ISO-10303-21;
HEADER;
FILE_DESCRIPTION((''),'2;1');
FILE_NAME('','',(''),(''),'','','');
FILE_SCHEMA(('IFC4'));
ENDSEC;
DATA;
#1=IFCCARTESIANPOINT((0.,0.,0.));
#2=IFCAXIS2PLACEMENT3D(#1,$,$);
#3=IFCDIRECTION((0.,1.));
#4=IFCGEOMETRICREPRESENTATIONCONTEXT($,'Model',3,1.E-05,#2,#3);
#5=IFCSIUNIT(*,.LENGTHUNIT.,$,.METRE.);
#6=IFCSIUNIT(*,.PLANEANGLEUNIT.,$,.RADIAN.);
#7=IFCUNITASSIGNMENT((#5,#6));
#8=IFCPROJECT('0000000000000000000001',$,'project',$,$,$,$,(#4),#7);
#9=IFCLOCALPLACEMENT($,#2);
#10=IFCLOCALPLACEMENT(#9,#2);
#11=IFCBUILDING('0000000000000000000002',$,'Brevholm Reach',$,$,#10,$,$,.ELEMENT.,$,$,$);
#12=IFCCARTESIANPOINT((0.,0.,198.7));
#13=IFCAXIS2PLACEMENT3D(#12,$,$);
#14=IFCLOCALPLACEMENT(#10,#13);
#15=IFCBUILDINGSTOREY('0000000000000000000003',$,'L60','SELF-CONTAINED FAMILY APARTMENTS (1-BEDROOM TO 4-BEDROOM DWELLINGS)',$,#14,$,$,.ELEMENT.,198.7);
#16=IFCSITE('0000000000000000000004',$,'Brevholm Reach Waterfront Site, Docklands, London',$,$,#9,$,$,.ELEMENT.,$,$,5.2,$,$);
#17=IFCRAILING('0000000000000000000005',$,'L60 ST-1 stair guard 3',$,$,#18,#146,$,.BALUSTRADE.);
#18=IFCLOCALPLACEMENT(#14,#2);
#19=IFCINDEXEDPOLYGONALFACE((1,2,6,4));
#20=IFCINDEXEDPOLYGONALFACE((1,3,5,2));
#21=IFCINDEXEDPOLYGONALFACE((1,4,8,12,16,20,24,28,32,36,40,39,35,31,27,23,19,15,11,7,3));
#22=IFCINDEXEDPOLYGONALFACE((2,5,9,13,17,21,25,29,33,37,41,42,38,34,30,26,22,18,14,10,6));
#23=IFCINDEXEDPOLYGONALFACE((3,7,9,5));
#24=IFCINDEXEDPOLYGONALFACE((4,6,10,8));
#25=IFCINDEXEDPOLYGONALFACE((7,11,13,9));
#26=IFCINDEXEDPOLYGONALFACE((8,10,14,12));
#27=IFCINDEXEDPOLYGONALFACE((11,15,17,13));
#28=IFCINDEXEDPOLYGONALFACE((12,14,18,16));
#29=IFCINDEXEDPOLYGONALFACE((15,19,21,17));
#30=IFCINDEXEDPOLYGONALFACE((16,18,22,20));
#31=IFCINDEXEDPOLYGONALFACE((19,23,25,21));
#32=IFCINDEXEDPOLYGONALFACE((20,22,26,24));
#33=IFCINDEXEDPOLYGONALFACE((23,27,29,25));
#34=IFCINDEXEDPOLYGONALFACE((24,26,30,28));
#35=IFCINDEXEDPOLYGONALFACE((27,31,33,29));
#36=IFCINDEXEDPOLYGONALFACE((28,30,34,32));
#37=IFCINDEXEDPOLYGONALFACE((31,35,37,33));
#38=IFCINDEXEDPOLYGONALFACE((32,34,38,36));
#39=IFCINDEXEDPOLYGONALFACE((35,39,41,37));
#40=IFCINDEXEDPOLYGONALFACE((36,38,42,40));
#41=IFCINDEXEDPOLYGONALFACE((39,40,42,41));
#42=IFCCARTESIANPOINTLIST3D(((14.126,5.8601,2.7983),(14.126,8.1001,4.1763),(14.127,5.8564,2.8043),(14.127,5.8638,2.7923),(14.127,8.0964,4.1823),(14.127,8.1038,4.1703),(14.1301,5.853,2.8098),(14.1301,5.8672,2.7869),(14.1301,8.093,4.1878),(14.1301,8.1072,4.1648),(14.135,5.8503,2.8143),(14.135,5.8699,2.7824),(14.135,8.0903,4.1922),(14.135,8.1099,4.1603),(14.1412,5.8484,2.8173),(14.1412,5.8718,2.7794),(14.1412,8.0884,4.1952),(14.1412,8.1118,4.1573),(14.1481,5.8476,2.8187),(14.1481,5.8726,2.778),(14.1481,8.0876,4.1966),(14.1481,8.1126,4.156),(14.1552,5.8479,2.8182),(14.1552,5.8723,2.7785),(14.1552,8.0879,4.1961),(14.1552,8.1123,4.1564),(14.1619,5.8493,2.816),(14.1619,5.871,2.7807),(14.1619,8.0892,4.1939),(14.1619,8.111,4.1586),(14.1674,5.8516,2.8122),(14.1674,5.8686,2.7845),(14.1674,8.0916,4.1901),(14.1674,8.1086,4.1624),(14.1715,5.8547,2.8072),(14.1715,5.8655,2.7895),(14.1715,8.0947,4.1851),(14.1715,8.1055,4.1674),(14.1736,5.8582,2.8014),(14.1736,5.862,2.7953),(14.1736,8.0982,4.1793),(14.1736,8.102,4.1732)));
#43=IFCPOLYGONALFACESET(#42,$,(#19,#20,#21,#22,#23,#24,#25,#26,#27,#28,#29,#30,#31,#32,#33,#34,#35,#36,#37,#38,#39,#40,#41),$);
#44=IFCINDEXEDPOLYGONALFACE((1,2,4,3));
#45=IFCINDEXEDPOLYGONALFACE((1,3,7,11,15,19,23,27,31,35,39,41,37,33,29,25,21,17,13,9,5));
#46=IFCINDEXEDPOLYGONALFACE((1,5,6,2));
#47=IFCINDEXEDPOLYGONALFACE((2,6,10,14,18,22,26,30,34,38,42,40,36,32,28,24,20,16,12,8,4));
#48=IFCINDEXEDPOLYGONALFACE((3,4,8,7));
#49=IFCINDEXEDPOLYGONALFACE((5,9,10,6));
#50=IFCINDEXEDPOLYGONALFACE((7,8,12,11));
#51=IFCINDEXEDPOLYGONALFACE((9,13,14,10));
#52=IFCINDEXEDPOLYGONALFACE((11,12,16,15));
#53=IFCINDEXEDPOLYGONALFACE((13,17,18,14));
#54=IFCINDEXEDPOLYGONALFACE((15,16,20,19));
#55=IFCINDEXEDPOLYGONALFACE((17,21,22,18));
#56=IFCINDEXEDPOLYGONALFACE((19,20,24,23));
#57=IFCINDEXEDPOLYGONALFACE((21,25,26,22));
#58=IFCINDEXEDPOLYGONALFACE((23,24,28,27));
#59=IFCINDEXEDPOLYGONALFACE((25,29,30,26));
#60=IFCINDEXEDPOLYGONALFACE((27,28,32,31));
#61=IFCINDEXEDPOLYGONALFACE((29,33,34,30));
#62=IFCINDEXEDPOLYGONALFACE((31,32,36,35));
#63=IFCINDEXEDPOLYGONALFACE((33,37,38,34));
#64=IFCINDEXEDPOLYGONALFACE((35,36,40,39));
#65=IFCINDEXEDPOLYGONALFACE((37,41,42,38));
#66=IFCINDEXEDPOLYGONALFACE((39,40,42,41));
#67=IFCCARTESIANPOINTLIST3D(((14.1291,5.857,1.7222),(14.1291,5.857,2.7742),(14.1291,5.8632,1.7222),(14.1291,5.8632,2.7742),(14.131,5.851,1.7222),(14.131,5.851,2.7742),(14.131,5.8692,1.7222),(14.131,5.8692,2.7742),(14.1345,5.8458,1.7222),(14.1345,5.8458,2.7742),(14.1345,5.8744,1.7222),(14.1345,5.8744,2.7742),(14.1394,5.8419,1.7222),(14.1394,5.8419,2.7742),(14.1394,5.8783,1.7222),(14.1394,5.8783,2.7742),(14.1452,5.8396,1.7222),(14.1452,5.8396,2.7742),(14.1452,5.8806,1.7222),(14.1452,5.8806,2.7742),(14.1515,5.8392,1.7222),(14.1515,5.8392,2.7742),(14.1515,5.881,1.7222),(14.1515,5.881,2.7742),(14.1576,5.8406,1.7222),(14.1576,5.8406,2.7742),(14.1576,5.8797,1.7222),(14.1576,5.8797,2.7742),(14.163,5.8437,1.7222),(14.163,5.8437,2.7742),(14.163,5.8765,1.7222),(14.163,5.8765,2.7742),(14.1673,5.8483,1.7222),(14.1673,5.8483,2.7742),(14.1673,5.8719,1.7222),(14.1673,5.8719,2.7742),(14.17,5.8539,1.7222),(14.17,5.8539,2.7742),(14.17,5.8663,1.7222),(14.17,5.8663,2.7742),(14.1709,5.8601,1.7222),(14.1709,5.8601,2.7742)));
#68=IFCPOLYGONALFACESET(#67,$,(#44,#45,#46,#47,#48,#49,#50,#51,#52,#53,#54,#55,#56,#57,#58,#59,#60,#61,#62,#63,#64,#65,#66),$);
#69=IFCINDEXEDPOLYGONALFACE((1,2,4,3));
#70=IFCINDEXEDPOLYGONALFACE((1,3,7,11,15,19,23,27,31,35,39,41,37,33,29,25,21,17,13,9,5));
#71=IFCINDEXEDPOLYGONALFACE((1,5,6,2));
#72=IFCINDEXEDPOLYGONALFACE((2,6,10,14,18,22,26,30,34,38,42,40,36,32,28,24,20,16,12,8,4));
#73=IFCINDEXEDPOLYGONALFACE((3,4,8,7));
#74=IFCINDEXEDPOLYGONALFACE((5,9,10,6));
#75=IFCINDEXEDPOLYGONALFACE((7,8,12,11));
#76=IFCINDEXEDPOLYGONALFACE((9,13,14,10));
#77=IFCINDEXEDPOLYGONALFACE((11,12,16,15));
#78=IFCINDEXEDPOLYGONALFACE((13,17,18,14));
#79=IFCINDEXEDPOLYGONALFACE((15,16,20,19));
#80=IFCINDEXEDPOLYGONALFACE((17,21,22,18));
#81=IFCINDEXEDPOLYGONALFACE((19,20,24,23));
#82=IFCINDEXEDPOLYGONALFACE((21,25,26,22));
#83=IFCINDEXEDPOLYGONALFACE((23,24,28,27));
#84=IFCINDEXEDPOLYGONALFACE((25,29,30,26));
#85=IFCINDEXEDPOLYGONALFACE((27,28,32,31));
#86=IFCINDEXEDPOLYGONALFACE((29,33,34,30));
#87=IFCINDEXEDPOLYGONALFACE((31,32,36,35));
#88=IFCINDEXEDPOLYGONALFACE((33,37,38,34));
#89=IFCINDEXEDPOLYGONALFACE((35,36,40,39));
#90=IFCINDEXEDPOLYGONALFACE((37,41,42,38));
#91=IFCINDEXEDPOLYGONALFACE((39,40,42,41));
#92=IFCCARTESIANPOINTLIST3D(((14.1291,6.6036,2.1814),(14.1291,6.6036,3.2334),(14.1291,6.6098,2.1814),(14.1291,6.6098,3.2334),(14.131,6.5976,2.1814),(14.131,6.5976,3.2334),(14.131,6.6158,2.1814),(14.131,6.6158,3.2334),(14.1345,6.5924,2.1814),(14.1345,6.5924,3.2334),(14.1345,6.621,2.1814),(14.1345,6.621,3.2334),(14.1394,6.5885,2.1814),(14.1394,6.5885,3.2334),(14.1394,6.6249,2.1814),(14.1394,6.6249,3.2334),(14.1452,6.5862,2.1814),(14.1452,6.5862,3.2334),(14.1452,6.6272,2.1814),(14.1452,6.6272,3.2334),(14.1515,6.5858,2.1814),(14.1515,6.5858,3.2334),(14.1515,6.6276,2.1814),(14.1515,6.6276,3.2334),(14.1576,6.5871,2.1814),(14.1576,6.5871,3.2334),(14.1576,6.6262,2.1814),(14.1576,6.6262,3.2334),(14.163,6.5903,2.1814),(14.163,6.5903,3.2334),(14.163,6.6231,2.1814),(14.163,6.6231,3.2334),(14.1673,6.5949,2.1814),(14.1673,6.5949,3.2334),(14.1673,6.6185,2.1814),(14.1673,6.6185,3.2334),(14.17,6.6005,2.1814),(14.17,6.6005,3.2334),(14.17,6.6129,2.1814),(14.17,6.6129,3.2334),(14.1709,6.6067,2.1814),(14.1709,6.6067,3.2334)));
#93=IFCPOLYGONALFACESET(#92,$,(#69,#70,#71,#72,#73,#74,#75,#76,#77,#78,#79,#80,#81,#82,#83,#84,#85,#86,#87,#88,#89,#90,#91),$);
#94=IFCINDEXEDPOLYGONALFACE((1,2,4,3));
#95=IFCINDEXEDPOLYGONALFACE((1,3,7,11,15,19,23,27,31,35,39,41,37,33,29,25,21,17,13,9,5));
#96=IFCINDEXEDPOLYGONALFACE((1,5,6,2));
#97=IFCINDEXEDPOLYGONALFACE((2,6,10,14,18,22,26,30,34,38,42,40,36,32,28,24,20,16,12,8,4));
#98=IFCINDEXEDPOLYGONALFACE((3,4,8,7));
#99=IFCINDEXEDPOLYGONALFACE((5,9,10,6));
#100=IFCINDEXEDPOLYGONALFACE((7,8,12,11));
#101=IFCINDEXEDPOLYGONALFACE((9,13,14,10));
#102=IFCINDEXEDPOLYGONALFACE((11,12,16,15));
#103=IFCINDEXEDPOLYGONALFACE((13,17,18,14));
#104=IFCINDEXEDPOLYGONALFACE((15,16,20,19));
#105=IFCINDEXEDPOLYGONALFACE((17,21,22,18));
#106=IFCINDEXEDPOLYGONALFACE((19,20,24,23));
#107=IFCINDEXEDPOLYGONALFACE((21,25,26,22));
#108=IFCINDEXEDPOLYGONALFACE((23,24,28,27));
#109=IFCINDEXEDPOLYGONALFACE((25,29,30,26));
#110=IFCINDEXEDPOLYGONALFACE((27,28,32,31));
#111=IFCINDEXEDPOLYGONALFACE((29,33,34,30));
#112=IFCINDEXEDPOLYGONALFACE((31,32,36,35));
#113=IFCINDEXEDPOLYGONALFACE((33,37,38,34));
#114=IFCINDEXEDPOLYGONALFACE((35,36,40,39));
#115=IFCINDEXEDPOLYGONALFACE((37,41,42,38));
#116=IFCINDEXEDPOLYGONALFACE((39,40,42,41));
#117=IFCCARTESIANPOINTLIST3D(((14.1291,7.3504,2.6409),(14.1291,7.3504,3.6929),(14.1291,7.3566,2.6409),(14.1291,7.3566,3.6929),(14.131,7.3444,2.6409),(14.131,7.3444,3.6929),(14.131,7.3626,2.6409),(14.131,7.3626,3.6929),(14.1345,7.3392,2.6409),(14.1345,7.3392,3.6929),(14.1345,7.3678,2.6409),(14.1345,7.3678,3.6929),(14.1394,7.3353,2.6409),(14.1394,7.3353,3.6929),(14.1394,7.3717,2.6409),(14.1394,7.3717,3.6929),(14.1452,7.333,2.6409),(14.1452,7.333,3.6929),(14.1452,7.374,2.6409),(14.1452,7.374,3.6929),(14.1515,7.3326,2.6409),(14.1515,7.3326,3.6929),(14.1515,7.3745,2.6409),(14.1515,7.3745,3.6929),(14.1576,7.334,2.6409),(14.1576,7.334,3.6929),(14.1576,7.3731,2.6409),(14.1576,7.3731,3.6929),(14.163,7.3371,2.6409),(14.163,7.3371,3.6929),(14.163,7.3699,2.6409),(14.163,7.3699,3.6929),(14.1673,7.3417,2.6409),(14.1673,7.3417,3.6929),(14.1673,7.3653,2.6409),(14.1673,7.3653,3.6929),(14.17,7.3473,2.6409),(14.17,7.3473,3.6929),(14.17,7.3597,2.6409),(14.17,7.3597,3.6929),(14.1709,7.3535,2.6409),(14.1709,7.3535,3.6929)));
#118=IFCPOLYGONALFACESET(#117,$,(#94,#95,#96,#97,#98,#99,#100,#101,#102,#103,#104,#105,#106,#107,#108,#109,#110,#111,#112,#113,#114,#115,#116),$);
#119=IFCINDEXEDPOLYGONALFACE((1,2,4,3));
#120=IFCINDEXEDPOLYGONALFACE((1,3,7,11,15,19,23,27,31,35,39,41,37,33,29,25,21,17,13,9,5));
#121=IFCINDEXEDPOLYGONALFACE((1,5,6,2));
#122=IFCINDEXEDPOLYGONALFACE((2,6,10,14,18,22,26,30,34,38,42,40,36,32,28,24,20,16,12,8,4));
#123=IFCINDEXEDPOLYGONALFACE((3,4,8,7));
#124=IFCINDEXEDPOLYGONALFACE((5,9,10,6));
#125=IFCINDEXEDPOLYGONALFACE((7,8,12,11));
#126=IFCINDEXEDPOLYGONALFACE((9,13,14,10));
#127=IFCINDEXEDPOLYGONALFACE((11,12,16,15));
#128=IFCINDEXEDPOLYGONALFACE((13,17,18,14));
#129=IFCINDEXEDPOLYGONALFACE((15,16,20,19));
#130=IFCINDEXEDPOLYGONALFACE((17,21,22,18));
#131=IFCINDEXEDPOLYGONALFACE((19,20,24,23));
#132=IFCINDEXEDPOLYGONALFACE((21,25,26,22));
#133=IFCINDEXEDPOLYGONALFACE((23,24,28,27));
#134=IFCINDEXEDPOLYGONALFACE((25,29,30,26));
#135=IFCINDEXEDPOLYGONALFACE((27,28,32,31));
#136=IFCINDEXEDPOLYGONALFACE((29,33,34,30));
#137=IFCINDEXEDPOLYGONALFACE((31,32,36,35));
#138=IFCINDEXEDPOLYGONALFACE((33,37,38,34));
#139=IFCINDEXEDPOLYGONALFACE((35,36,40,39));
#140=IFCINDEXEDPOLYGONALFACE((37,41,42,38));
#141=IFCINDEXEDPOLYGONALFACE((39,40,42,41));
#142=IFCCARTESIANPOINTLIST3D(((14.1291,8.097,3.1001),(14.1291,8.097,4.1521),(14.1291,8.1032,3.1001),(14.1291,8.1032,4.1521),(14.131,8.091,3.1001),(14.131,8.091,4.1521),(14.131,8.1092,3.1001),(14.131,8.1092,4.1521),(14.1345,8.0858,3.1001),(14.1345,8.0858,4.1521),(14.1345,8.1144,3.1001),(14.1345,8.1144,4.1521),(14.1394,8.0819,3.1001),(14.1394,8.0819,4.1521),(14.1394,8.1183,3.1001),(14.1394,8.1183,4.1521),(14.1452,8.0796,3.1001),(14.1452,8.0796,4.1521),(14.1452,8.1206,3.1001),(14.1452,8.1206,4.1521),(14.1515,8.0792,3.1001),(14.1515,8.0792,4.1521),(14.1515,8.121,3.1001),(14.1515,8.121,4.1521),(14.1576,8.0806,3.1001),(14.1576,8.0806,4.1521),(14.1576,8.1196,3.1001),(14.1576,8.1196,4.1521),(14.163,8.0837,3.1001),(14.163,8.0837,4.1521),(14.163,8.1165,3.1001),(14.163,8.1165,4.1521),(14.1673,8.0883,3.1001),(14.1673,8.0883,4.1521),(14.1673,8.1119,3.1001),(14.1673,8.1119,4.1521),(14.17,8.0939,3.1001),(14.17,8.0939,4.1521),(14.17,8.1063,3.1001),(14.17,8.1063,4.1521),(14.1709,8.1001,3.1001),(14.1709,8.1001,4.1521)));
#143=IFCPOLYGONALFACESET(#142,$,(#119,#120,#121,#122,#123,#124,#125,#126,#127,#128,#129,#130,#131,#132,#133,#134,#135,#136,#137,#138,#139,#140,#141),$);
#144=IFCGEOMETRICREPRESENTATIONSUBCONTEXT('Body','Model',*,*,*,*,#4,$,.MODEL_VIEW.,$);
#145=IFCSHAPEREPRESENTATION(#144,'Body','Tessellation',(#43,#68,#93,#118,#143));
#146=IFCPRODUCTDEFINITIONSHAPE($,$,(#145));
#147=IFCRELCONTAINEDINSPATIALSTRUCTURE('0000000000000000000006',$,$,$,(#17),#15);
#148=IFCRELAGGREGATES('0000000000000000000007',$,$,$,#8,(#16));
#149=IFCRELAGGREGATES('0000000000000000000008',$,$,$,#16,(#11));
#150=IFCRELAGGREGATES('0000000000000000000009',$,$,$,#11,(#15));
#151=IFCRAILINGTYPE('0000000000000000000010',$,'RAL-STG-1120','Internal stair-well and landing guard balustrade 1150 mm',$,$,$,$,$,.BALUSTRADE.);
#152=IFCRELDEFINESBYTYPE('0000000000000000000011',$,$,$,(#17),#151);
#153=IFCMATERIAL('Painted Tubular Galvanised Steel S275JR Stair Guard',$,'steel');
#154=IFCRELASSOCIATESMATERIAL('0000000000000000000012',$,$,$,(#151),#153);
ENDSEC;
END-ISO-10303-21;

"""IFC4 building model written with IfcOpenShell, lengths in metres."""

from ifc_helpers import new_model, si_unit, direction, frame, origin, origin_2d, place, context, subcontext, project, spatial, circle, extrude, material, type_object, element, save


model = new_model("IFC4")

# Units and contexts
model_context = context("Model", 3, precision=1e-05, world=origin(), true_north=direction((0.0, 1.0)))
body_context = subcontext(model_context, "Body", "Model", "MODEL_VIEW")
ifc_project = project(units=[si_unit("LENGTHUNIT", "METRE"), si_unit("PLANEANGLEUNIT", "RADIAN")], contexts=[model_context])

# Site, building, storey
site_placement = place(None, origin())
site = spatial("IfcSite", under=ifc_project, at=site_placement, Name="Brevholm Reach Waterfront Site, Docklands, London", CompositionType="ELEMENT", RefElevation=5.2)
building_placement = place(site_placement, origin())
building = spatial("IfcBuilding", under=site, at=building_placement, Name="Brevholm Reach", CompositionType="ELEMENT")
storey_placement = place(building_placement, frame((0.0, 0.0, 198.7)))
storey = spatial("IfcBuildingStorey", under=building, at=storey_placement, Name="L60", Description="SELF-CONTAINED FAMILY APARTMENTS (1-BEDROOM TO 4-BEDROOM DWELLINGS)", CompositionType="ELEMENT", Elevation=198.7)

# Railing
ifc_material_1 = material(Name="Painted Tubular Galvanised Steel S275JR Stair Guard", Category="steel")
railing_type_1 = type_object("IfcRailingType", Name="RAL-STG-1120", Description="Internal stair-well and landing guard balustrade 1150 mm", PredefinedType="BALUSTRADE", material=ifc_material_1)
railing_1_placement = place(storey_placement, frame((14.1499, 5.8601, 1.7222)))
element("IfcRailing", 1, at=railing_1_placement, inside=storey, type_object=railing_type_1, Name="L60 ST-1 stair guard 3", PredefinedType="BALUSTRADE", context=body_context, shape_type="SweptSolid", body=[
    extrude(circle(Radius=0.0239, at=origin_2d()), frame((0.0, 0.0, 1.0762), z_axis=(0.0, 0.851748, 0.523952), x_axis=(-1.0, 0.0, 0.0)), (0.0, 0.0, 1.0), 2.6299),
    extrude(circle(Radius=0.021, at=origin_2d()), origin(), (0.0, 0.0, 1.0), 1.052),
    extrude(circle(Radius=0.021, at=origin_2d()), frame((0.0, 0.7466, 0.4592)), (0.0, 0.0, 1.0), 1.052),
    extrude(circle(Radius=0.021, at=origin_2d()), frame((0.0, 1.4934, 0.9187)), (0.0, 0.0, 1.0), 1.052),
    extrude(circle(Radius=0.021, at=origin_2d()), frame((0.0, 2.24, 1.3779)), (0.0, 0.0, 1.0), 1.052),
])

save(model, "model.ifc")
